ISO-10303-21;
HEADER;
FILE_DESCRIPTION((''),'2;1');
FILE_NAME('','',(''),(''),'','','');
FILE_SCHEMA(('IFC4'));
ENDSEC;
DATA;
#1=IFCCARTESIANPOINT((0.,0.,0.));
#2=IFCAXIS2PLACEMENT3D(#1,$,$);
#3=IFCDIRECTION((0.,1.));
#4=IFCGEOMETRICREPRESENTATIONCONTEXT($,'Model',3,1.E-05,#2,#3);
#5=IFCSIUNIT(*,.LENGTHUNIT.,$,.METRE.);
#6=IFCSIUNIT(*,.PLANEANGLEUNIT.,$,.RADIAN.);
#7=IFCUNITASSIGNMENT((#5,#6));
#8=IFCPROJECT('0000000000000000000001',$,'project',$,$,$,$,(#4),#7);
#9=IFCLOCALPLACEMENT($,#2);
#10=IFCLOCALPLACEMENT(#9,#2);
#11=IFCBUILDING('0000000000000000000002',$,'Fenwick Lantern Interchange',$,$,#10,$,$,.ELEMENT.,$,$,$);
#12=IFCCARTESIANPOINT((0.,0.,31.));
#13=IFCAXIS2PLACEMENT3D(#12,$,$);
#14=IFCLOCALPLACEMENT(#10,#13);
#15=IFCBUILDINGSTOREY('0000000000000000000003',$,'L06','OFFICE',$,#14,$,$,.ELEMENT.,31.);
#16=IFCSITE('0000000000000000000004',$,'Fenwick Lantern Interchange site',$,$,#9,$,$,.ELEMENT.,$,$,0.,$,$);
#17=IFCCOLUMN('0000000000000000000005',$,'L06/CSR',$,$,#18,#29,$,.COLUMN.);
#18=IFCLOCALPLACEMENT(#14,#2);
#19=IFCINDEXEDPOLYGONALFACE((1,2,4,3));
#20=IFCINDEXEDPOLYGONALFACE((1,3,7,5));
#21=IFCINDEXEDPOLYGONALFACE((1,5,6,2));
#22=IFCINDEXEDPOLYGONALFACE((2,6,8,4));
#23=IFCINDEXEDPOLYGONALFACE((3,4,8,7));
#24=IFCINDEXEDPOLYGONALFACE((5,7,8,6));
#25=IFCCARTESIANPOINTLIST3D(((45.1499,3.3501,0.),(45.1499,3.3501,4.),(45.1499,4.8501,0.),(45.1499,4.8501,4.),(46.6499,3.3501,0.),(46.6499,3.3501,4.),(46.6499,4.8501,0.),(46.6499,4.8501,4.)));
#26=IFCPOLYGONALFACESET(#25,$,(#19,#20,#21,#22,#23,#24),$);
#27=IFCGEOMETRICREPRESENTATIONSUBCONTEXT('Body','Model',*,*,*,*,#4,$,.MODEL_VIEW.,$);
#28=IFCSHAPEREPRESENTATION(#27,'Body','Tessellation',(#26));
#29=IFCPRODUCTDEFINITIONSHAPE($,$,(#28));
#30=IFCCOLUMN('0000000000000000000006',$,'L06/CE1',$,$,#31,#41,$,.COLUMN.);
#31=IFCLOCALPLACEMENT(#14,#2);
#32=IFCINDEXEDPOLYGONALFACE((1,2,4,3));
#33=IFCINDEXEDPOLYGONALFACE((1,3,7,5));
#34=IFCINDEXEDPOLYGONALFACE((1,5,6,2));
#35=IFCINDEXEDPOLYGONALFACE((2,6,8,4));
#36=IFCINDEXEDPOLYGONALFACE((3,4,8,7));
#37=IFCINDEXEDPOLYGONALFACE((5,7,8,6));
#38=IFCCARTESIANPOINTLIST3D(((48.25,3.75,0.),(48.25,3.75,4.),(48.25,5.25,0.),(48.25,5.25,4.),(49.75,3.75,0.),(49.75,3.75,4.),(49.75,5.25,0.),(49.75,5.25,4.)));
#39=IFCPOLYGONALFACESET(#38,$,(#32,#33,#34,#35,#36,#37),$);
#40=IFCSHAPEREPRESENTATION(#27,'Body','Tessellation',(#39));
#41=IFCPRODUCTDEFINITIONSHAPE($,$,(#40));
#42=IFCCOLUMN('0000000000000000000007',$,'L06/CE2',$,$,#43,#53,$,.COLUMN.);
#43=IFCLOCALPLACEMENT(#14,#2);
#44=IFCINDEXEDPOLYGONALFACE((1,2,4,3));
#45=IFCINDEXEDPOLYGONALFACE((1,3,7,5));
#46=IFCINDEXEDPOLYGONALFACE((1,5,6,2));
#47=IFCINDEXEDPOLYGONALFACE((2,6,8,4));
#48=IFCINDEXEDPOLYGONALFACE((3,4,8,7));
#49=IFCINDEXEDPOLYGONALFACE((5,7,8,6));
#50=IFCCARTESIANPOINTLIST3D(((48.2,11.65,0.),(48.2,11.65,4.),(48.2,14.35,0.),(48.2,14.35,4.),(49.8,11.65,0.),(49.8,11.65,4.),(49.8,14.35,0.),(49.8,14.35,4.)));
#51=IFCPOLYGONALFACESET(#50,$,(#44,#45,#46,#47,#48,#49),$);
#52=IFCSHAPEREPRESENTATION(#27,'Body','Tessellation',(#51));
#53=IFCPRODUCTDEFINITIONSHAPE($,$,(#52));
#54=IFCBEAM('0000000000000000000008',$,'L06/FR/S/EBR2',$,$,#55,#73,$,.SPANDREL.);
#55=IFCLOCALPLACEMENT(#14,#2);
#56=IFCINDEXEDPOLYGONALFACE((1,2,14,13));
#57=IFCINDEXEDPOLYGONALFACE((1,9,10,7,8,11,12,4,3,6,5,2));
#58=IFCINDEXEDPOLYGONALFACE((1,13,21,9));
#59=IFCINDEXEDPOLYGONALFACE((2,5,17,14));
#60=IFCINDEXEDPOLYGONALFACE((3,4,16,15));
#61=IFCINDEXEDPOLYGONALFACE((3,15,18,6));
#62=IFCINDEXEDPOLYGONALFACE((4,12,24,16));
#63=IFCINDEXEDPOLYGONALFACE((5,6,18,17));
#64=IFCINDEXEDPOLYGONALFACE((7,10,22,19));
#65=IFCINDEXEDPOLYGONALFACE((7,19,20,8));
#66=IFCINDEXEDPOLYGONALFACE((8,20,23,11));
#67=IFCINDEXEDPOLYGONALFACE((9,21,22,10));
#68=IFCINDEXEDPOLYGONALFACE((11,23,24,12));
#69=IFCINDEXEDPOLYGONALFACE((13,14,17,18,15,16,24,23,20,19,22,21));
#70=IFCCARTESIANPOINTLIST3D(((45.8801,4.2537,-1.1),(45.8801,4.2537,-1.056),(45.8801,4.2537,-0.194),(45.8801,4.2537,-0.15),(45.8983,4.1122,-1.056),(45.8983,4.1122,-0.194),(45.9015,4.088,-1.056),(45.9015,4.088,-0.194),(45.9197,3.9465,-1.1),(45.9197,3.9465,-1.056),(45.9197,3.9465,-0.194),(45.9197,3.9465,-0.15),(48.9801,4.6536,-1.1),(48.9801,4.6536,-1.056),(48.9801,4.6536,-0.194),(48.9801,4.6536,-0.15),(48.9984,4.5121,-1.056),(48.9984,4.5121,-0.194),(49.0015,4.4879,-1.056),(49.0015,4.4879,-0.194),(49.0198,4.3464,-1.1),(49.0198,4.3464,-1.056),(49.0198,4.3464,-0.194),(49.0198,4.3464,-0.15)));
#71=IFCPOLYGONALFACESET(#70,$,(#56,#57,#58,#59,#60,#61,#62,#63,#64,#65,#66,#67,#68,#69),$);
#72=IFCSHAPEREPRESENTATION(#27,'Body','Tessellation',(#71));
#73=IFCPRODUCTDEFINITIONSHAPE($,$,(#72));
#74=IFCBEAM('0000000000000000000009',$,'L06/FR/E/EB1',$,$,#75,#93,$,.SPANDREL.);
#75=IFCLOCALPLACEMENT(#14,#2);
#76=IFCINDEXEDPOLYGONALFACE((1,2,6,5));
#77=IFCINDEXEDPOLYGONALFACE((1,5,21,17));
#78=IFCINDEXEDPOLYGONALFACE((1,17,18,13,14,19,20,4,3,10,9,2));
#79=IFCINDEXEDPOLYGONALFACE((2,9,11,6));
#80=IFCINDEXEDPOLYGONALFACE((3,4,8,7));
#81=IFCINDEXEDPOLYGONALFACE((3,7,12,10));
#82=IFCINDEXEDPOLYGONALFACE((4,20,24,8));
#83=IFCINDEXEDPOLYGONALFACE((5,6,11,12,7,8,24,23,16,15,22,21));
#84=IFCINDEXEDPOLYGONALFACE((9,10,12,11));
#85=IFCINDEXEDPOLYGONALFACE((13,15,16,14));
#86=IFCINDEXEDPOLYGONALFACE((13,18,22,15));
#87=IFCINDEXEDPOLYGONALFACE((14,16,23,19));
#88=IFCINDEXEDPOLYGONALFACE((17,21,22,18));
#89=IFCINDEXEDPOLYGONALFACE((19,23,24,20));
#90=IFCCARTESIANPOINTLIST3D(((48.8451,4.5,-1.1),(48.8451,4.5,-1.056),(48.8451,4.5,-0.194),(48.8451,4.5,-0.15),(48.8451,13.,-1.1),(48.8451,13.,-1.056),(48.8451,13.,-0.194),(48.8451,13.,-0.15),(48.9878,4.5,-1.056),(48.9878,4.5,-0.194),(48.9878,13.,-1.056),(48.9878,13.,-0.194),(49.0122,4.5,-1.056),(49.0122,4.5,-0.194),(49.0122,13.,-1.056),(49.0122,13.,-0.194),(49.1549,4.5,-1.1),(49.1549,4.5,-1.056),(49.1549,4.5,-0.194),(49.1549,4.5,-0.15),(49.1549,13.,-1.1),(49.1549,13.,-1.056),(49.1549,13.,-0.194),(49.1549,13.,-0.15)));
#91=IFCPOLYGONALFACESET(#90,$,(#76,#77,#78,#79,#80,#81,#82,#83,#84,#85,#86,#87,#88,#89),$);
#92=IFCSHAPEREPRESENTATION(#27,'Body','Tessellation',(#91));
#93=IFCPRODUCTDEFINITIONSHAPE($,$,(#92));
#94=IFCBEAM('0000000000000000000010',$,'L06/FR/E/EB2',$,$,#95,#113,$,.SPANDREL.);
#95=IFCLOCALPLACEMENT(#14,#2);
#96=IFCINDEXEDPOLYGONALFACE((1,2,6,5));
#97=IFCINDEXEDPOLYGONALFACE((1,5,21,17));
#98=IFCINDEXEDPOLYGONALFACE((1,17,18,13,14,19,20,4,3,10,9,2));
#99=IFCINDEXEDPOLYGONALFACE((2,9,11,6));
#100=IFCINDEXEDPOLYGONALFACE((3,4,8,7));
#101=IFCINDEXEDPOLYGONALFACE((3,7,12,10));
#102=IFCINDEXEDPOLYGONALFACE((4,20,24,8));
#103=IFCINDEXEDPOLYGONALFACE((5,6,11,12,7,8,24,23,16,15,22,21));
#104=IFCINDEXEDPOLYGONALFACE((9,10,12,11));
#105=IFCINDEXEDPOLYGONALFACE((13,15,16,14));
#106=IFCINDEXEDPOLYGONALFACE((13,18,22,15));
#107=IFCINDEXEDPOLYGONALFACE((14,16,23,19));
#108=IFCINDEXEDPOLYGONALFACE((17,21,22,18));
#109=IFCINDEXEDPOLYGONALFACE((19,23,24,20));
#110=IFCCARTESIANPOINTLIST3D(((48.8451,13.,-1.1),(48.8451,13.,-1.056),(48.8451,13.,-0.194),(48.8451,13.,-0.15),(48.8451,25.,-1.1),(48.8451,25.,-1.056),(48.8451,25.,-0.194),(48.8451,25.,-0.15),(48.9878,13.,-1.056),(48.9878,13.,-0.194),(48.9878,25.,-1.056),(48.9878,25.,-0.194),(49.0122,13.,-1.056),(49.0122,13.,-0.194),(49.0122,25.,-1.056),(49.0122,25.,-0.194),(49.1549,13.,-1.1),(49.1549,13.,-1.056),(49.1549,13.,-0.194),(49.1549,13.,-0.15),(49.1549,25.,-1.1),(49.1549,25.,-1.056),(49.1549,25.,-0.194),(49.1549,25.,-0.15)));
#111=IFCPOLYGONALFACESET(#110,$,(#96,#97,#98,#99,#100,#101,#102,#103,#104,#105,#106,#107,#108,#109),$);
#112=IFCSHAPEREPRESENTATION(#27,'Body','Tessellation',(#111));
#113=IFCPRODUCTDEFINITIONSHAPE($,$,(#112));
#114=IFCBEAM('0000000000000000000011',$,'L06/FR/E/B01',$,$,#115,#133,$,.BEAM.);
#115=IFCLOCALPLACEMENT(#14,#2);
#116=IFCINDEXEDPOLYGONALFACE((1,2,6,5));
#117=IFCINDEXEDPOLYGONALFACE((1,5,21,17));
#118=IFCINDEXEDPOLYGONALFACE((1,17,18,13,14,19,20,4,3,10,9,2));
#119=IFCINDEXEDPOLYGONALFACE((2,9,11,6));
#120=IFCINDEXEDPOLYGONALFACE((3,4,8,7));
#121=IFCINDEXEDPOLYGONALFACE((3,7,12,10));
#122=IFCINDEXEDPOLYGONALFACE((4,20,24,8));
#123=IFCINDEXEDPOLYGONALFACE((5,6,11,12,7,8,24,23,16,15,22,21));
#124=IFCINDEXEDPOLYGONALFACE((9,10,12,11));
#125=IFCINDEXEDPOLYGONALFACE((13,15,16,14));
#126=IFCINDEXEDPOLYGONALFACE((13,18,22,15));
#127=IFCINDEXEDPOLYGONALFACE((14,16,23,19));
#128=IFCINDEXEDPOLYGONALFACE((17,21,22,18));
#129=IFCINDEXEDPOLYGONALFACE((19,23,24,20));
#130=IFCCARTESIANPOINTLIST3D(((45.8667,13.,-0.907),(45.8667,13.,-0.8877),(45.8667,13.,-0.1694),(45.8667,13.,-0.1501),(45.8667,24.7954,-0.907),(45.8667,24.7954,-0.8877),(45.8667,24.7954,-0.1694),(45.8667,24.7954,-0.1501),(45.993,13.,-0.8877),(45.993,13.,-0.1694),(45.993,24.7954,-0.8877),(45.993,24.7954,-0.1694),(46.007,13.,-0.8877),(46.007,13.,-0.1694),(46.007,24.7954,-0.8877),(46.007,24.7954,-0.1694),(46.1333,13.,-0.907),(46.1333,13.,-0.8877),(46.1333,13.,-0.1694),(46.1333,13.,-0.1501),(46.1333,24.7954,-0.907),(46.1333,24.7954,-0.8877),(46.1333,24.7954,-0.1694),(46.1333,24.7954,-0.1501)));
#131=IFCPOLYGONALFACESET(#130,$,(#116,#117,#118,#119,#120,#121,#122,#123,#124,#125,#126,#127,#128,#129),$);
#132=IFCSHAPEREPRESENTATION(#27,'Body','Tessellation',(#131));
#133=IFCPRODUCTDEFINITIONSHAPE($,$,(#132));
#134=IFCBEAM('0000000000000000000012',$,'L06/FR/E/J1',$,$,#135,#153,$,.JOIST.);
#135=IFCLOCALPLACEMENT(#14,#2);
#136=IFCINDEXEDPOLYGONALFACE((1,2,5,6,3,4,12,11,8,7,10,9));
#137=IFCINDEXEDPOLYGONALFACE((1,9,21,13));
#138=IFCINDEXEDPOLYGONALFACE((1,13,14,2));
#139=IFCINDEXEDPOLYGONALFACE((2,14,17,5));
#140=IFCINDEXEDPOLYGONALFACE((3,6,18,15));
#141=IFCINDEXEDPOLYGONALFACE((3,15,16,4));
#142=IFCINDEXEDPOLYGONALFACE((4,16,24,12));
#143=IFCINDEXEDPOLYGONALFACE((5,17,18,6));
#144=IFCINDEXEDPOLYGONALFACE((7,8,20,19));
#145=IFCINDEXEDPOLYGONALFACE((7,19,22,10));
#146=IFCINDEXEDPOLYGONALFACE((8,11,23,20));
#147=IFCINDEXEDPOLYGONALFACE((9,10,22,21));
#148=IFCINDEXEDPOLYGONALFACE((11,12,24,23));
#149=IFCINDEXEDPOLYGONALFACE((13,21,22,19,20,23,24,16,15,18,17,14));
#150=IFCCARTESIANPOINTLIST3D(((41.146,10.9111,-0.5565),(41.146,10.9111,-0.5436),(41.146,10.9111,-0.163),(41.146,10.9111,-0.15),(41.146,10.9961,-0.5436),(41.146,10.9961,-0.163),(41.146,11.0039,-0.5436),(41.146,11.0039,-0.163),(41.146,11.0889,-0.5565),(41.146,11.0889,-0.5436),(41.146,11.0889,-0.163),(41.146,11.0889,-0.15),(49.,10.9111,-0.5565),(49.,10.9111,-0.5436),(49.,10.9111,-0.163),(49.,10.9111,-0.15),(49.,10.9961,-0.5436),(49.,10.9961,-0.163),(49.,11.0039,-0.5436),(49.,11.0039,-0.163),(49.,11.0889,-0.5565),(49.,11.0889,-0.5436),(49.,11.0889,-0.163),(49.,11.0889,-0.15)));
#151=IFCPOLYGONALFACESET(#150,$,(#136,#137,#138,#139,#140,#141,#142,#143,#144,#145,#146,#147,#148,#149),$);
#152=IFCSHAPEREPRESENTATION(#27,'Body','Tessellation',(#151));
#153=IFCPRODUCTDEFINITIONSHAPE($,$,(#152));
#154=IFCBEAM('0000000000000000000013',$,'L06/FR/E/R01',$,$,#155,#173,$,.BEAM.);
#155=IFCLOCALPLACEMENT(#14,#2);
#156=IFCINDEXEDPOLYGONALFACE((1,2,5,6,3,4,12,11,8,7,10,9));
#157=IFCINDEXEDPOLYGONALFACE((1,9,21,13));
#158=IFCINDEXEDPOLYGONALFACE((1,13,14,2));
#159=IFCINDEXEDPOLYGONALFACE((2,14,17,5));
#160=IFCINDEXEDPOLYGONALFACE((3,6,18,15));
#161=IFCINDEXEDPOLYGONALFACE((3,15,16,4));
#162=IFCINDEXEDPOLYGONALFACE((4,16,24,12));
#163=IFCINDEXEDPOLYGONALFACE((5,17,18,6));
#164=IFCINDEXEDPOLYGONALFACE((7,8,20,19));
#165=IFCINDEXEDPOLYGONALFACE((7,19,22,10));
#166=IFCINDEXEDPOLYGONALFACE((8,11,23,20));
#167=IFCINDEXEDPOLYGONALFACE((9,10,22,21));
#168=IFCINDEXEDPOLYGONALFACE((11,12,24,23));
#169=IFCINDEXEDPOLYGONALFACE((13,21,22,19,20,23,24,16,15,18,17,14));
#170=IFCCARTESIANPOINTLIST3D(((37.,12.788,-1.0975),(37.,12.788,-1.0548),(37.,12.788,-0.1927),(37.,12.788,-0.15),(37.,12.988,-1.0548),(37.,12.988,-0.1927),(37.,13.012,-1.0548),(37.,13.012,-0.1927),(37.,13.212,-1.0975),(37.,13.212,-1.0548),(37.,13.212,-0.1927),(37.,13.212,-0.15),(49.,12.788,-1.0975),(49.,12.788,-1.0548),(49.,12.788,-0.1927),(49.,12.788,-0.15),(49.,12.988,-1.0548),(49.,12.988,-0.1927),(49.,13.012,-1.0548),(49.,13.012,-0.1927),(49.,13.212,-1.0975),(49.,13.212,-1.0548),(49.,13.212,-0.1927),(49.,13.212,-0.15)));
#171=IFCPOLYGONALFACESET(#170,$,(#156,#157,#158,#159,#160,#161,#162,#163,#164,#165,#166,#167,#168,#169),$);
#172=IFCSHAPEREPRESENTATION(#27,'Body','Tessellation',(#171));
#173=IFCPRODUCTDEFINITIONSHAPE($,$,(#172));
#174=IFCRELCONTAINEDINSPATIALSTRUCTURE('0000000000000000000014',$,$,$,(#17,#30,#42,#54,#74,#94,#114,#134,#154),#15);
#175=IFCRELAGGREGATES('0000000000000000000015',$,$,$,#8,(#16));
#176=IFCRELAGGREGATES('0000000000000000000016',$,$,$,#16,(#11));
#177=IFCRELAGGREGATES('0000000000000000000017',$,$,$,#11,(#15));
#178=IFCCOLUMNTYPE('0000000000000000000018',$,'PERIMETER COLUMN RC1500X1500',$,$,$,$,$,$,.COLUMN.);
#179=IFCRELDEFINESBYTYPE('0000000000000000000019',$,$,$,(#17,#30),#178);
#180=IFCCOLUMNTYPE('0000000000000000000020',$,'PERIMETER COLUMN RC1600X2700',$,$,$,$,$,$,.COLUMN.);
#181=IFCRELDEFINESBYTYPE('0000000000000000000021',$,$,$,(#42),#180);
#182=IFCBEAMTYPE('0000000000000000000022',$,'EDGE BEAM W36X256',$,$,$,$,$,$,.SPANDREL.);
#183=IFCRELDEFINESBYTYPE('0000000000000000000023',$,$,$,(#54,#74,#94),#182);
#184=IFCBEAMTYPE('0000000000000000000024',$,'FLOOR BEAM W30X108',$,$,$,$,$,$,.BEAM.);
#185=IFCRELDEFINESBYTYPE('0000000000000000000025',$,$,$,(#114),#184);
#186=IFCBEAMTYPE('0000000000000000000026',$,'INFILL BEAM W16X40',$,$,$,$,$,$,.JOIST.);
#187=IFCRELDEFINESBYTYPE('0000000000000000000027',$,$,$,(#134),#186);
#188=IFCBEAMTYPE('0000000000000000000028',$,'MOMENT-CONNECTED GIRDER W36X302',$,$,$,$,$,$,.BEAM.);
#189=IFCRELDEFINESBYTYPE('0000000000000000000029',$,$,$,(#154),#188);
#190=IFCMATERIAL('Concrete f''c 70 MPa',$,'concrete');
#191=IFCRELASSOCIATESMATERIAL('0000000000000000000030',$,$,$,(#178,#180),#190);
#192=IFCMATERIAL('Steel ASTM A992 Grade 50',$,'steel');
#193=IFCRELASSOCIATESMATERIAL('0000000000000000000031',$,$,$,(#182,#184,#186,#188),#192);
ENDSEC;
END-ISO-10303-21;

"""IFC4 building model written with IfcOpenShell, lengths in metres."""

from ifc_helpers import new_model, si_unit, direction, frame, origin, origin_2d, place, context, subcontext, project, spatial, rectangle, i_section, extrude, material, material_profile, profile_set, type_object, element, save


model = new_model("IFC4")

# Units and contexts
model_context = context("Model", 3, precision=1e-05, world=origin(), true_north=direction((0.0, 1.0)))
body_context = subcontext(model_context, "Body", "Model", "MODEL_VIEW")
ifc_project = project(units=[si_unit("LENGTHUNIT", "METRE"), si_unit("PLANEANGLEUNIT", "RADIAN")], contexts=[model_context])

# Site, building, storey
site_placement = place(None, origin())
site = spatial("IfcSite", under=ifc_project, at=site_placement, Name="Fenwick Lantern Interchange site", CompositionType="ELEMENT", RefElevation=0.0)
building_placement = place(site_placement, origin())
building = spatial("IfcBuilding", under=site, at=building_placement, Name="Fenwick Lantern Interchange", CompositionType="ELEMENT")
storey_placement = place(building_placement, frame((0.0, 0.0, 31.0)))
storey = spatial("IfcBuildingStorey", under=building, at=storey_placement, Name="L06", Description="OFFICE", CompositionType="ELEMENT", Elevation=31.0)

# Columns
ifc_material_1 = material(Name="Concrete f'c 70 MPa", Category="concrete")
ifc_material_profile_1 = material_profile(ifc_material_1, rectangle(XDim=1.5, YDim=1.5, at=origin_2d()), Name="RC1500X1500")
ifc_profile_set_1 = profile_set([ifc_material_profile_1], Name="Concrete f'c 70 MPa")
column_type_1 = type_object("IfcColumnType", Name="PERIMETER COLUMN RC1500X1500", PredefinedType="COLUMN", material=ifc_profile_set_1)
for number, where, z_axis, x_axis, name in (
    (1, (45.8999, 4.1001, 0.0), (0.0, 0.0, 1.0), (1.0, 0.0, 0.0), "L06/CSR"),
    (2, (49.0, 4.5, 0.0), (0.0, 0.0, 1.0), (1.0, 0.0, 0.0), "L06/CE1"),
):
    element("IfcColumn", number, at=place(storey_placement, frame(where, z_axis=z_axis, x_axis=x_axis)), inside=storey, type_object=column_type_1, Name=name, PredefinedType="COLUMN", context=body_context, shape_type="SweptSolid", body=[
        extrude(rectangle(XDim=1.5, YDim=1.5, at=origin_2d()), origin(), (0.0, 0.0, 1.0), 4.0),
    ])
ifc_material_profile_2 = material_profile(ifc_material_1, rectangle(XDim=1.6001, YDim=2.7, at=origin_2d()), Name="RC1600X2700")
ifc_profile_set_2 = profile_set([ifc_material_profile_2], Name="Concrete f'c 70 MPa")
column_type_2 = type_object("IfcColumnType", Name="PERIMETER COLUMN RC1600X2700", PredefinedType="COLUMN", material=ifc_profile_set_2)
column_placement = place(storey_placement, frame((49.0, 13.0, 0.0), z_axis=(0.0, 0.0, 1.0), x_axis=(1.0, 0.0, 0.0)))
element("IfcColumn", 3, at=column_placement, inside=storey, type_object=column_type_2, Name="L06/CE2", PredefinedType="COLUMN", context=body_context, shape_type="SweptSolid", body=[
    extrude(rectangle(XDim=1.6001, YDim=2.7, at=origin_2d()), origin(), (0.0, 0.0, 1.0), 4.0),
])

# Beams
ifc_material_2 = material(Name="Steel ASTM A992 Grade 50", Category="steel")
ifc_material_profile_3 = material_profile(ifc_material_2, i_section(OverallWidth=0.3098, OverallDepth=0.95, WebThickness=0.0244, FlangeThickness=0.0439, at=origin_2d()), Name="W36X256")
ifc_profile_set_3 = profile_set([ifc_material_profile_3], Name="Steel ASTM A992 Grade 50")
beam_type_1 = type_object("IfcBeamType", Name="EDGE BEAM W36X256", PredefinedType="SPANDREL", material=ifc_profile_set_3)
beam_1_placement = place(storey_placement, frame((45.8999, 4.1001, -0.625), z_axis=(0.991782, 0.127937, 0.0), x_axis=(-0.127937, 0.991782, 0.0)))
element("IfcBeam", 4, at=beam_1_placement, inside=storey, type_object=beam_type_1, Name="L06/FR/S/EBR2", PredefinedType="SPANDREL", context=body_context, shape_type="SweptSolid", body=[
    extrude(i_section(OverallWidth=0.3098, OverallDepth=0.95, WebThickness=0.0244, FlangeThickness=0.0439, at=origin_2d()), origin(), (0.0, 0.0, 1.0), 3.1257),
])
beam_2_placement = place(storey_placement, frame((49.0, 4.5, -0.625), z_axis=(0.0, 1.0, 0.0), x_axis=(-1.0, 0.0, 0.0)))
element("IfcBeam", 5, at=beam_2_placement, inside=storey, type_object=beam_type_1, Name="L06/FR/E/EB1", PredefinedType="SPANDREL", context=body_context, shape_type="SweptSolid", body=[
    extrude(i_section(OverallWidth=0.3098, OverallDepth=0.95, WebThickness=0.0244, FlangeThickness=0.0439, at=origin_2d()), origin(), (0.0, 0.0, 1.0), 8.5),
])
beam_3_placement = place(storey_placement, frame((49.0, 13.0, -0.625), z_axis=(0.0, 1.0, 0.0), x_axis=(-1.0, 0.0, 0.0)))
element("IfcBeam", 6, at=beam_3_placement, inside=storey, type_object=beam_type_1, Name="L06/FR/E/EB2", PredefinedType="SPANDREL", context=body_context, shape_type="SweptSolid", body=[
    extrude(i_section(OverallWidth=0.3098, OverallDepth=0.95, WebThickness=0.0244, FlangeThickness=0.0439, at=origin_2d()), origin(), (0.0, 0.0, 1.0), 12.0),
])
ifc_material_profile_4 = material_profile(ifc_material_2, i_section(OverallWidth=0.2666, OverallDepth=0.7568, WebThickness=0.0139, FlangeThickness=0.0193, at=origin_2d()), Name="W30X108")
ifc_profile_set_4 = profile_set([ifc_material_profile_4], Name="Steel ASTM A992 Grade 50")
beam_type_2 = type_object("IfcBeamType", Name="FLOOR BEAM W30X108", PredefinedType="BEAM", material=ifc_profile_set_4)
beam_4_placement = place(storey_placement, frame((46.0, 13.0, -0.5286), z_axis=(0.0, 1.0, 0.0), x_axis=(-1.0, 0.0, 0.0)))
element("IfcBeam", 7, at=beam_4_placement, inside=storey, type_object=beam_type_2, Name="L06/FR/E/B01", PredefinedType="BEAM", context=body_context, shape_type="SweptSolid", body=[
    extrude(i_section(OverallWidth=0.2666, OverallDepth=0.7568, WebThickness=0.0139, FlangeThickness=0.0193, at=origin_2d()), origin(), (0.0, 0.0, 1.0), 11.7954),
])
ifc_material_profile_5 = material_profile(ifc_material_2, i_section(OverallWidth=0.1777, OverallDepth=0.4065, WebThickness=0.0078, FlangeThickness=0.0129, at=origin_2d()), Name="W16X40")
ifc_profile_set_5 = profile_set([ifc_material_profile_5], Name="Steel ASTM A992 Grade 50")
beam_type_3 = type_object("IfcBeamType", Name="INFILL BEAM W16X40", PredefinedType="JOIST", material=ifc_profile_set_5)
beam_5_placement = place(storey_placement, frame((49.0, 11.0, -0.3533), z_axis=(-1.0, 0.0, 0.0), x_axis=(0.0, -1.0, 0.0)))
element("IfcBeam", 8, at=beam_5_placement, inside=storey, type_object=beam_type_3, Name="L06/FR/E/J1", PredefinedType="JOIST", context=body_context, shape_type="SweptSolid", body=[
    extrude(i_section(OverallWidth=0.1777, OverallDepth=0.4065, WebThickness=0.0078, FlangeThickness=0.0129, at=origin_2d()), origin(), (0.0, 0.0, 1.0), 7.854),
])
ifc_material_profile_6 = material_profile(ifc_material_2, i_section(OverallWidth=0.4241, OverallDepth=0.9475, WebThickness=0.0239, FlangeThickness=0.0427, at=origin_2d()), Name="W36X302")
ifc_profile_set_6 = profile_set([ifc_material_profile_6], Name="Steel ASTM A992 Grade 50")
beam_type_4 = type_object("IfcBeamType", Name="MOMENT-CONNECTED GIRDER W36X302", PredefinedType="BEAM", material=ifc_profile_set_6)
beam_6_placement = place(storey_placement, frame((49.0, 13.0, -0.6238), z_axis=(-1.0, 0.0, 0.0), x_axis=(0.0, -1.0, 0.0)))
element("IfcBeam", 9, at=beam_6_placement, inside=storey, type_object=beam_type_4, Name="L06/FR/E/R01", PredefinedType="BEAM", context=body_context, shape_type="SweptSolid", body=[
    extrude(i_section(OverallWidth=0.4241, OverallDepth=0.9475, WebThickness=0.0239, FlangeThickness=0.0427, at=origin_2d()), origin(), (0.0, 0.0, 1.0), 12.0),
])

save(model, "model.ifc")
